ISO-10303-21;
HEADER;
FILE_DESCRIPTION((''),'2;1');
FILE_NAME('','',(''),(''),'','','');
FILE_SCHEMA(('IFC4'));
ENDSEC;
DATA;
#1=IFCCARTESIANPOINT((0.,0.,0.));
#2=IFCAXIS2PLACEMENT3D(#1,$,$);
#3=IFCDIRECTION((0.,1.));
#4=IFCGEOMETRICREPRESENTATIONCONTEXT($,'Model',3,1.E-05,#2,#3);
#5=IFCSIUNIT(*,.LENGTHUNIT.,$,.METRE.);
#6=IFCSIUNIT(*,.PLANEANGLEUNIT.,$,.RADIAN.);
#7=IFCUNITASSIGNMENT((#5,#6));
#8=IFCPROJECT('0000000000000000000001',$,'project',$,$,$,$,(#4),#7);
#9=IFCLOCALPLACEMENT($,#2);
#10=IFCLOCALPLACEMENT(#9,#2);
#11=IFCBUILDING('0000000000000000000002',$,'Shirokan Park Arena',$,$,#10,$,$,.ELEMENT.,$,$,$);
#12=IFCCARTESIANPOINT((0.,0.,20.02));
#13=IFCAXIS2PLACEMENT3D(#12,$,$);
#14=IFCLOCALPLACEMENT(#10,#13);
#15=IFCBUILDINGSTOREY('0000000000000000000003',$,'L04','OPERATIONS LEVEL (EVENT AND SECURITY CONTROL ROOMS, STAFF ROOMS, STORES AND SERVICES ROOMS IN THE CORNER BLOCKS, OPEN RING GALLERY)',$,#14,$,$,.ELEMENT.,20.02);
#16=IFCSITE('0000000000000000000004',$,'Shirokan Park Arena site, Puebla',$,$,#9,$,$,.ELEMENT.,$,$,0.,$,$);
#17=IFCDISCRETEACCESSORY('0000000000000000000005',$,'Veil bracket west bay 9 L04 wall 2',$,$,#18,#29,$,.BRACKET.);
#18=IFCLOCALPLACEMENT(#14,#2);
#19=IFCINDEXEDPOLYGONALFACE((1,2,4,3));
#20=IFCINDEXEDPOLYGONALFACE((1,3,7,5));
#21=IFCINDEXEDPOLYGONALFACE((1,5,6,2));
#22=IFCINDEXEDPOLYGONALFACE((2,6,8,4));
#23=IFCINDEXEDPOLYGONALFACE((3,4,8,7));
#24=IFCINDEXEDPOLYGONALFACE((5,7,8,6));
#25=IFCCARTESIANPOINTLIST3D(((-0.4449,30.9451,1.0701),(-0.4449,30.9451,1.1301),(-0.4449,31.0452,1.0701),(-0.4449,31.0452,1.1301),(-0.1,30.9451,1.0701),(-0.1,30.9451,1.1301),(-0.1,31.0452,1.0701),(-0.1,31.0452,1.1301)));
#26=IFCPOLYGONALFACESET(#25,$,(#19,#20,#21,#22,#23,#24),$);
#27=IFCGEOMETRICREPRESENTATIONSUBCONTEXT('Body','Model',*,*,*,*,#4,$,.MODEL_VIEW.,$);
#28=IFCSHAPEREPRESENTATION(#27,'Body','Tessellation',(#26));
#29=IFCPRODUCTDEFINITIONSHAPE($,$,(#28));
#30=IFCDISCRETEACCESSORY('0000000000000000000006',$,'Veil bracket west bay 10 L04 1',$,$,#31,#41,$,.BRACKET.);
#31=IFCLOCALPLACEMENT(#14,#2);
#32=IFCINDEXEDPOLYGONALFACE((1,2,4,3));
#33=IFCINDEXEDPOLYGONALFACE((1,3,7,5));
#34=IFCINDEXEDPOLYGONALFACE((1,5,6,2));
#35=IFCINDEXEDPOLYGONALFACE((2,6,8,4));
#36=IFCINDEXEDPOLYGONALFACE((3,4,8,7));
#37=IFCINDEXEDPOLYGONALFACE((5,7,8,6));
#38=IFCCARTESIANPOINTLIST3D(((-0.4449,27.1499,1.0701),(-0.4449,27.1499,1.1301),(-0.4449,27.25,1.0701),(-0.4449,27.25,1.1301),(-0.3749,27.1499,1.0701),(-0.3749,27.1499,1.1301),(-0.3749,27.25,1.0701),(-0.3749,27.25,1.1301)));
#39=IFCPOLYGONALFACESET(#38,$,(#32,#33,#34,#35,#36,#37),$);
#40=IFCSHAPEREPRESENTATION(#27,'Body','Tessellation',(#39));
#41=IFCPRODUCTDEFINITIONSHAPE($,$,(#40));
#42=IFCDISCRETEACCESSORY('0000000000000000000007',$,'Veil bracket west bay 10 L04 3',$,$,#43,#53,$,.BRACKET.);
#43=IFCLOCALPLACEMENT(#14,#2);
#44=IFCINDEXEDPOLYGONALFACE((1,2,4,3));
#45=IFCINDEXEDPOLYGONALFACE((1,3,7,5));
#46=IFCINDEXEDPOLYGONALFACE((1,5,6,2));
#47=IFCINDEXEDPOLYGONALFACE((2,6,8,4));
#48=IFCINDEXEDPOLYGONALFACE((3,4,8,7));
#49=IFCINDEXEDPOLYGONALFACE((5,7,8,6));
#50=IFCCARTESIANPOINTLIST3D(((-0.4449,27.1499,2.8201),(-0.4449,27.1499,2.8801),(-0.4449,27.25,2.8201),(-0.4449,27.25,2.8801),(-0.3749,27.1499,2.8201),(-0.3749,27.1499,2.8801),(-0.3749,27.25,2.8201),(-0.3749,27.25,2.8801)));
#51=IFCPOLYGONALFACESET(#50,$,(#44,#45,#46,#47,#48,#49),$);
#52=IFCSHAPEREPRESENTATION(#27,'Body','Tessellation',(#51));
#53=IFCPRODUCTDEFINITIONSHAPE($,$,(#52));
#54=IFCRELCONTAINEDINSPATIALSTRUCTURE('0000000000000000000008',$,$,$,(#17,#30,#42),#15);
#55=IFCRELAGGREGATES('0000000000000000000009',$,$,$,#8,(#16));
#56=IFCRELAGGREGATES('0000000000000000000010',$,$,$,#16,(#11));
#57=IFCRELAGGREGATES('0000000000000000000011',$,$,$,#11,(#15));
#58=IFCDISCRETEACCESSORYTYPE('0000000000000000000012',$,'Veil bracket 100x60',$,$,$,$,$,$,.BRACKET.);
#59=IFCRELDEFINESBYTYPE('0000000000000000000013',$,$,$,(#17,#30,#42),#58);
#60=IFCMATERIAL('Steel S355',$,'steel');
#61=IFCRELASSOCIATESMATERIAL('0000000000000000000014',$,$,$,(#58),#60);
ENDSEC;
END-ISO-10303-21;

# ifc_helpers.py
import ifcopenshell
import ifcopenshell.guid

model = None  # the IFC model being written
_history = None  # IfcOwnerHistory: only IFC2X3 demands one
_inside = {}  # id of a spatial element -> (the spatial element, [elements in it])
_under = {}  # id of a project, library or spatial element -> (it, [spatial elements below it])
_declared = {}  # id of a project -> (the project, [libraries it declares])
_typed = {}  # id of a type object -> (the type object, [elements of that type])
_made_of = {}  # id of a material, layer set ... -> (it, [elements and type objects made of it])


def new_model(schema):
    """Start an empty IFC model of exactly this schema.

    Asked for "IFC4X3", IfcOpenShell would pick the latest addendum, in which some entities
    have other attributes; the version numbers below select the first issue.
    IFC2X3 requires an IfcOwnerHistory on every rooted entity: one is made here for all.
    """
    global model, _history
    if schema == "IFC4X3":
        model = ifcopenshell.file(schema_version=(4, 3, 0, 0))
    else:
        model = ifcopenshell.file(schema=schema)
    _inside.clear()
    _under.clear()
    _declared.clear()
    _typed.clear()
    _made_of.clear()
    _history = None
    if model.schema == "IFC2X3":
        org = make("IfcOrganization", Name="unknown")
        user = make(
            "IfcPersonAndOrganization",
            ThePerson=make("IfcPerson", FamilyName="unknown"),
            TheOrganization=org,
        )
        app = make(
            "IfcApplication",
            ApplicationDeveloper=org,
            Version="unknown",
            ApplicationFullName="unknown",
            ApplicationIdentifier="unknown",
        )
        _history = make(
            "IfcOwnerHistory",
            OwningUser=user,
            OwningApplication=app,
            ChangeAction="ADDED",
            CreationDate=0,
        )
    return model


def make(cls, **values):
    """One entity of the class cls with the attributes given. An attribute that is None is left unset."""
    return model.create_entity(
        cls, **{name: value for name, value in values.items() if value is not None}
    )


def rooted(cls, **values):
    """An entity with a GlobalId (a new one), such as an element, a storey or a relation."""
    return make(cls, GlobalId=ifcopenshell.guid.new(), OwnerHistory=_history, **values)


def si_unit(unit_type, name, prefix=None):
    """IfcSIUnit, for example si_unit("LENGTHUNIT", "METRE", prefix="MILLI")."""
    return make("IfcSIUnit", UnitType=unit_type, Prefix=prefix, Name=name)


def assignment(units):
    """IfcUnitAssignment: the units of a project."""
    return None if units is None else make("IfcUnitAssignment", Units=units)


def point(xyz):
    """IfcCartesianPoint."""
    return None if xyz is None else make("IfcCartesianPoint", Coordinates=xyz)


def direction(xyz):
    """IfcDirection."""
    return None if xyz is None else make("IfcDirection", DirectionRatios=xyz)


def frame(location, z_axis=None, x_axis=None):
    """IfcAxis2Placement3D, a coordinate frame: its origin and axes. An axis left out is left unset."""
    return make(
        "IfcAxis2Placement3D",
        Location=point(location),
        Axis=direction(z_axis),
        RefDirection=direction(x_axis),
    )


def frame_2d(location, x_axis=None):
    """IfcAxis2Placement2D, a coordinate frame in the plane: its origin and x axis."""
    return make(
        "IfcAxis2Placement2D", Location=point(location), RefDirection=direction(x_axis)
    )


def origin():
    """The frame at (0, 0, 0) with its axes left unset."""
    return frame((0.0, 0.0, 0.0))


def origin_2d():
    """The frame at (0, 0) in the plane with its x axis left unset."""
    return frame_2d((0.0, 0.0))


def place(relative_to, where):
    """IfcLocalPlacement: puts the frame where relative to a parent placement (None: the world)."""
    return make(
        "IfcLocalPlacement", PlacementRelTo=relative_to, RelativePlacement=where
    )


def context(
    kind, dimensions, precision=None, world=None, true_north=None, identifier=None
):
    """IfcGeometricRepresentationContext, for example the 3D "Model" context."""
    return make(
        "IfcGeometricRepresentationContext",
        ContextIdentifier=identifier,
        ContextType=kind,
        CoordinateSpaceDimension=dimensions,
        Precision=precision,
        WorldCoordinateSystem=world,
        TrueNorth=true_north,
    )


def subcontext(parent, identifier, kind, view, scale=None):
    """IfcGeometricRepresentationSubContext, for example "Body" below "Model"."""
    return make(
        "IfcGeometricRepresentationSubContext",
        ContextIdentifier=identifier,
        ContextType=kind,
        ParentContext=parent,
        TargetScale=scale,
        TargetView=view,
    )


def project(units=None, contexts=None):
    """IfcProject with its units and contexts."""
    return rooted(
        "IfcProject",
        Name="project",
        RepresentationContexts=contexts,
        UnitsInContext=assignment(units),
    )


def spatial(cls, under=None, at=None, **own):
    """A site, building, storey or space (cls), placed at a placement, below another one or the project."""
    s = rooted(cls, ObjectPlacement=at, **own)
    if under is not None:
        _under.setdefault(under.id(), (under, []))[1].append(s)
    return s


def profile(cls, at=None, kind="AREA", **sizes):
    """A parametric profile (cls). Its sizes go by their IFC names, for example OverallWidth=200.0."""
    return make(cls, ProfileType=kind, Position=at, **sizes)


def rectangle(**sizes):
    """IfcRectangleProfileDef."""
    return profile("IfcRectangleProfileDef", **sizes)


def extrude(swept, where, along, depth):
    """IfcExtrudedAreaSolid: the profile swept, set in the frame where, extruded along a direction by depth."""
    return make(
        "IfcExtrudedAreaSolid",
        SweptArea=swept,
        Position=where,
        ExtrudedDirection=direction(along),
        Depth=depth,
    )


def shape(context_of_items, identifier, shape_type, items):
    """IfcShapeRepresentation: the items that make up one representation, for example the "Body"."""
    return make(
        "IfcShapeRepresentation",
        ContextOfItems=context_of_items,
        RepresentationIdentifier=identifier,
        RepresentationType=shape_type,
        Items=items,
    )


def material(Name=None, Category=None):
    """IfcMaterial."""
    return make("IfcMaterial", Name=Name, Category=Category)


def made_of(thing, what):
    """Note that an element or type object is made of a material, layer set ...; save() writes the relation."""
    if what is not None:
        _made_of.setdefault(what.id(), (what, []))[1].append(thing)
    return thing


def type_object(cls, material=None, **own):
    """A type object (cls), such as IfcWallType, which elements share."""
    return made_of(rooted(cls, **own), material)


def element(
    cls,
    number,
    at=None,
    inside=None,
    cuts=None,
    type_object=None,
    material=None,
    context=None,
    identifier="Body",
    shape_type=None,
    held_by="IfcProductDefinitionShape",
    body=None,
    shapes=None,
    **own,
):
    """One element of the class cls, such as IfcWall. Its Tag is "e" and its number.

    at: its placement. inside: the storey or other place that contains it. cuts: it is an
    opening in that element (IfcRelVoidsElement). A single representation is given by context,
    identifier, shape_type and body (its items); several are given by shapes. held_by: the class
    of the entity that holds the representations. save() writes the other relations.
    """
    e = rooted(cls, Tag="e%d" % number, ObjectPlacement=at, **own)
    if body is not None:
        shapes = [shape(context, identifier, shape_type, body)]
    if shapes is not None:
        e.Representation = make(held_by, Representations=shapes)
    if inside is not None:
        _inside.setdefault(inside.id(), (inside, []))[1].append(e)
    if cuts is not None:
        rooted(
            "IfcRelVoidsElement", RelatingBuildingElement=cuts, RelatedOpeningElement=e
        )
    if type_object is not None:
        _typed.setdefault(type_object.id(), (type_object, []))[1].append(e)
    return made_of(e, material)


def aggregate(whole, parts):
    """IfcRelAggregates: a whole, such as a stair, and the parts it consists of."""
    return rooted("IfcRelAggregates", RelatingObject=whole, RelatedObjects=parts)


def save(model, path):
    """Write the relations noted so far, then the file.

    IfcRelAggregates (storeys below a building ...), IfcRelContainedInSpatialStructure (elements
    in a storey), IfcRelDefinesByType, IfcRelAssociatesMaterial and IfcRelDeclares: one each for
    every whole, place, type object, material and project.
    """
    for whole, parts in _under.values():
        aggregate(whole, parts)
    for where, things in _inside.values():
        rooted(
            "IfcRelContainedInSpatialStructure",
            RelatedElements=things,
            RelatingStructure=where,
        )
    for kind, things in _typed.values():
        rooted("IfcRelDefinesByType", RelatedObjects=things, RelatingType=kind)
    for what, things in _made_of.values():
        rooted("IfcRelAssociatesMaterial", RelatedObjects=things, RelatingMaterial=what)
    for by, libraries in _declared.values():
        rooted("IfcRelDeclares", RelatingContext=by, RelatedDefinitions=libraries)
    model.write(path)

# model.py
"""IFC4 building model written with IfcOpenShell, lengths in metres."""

from ifc_helpers import new_model, si_unit, direction, frame, origin, origin_2d, place, context, subcontext, project, spatial, rectangle, extrude, material, type_object, element, save


model = new_model("IFC4")

# Units and contexts
model_context = context("Model", 3, precision=1e-05, world=origin(), true_north=direction((0.0, 1.0)))
body_context = subcontext(model_context, "Body", "Model", "MODEL_VIEW")
ifc_project = project(units=[si_unit("LENGTHUNIT", "METRE"), si_unit("PLANEANGLEUNIT", "RADIAN")], contexts=[model_context])

# Site, building, storey
site_placement = place(None, origin())
site = spatial("IfcSite", under=ifc_project, at=site_placement, Name="Shirokan Park Arena site, Puebla", CompositionType="ELEMENT", RefElevation=0.0)
building_placement = place(site_placement, origin())
building = spatial("IfcBuilding", under=site, at=building_placement, Name="Shirokan Park Arena", CompositionType="ELEMENT")
storey_placement = place(building_placement, frame((0.0, 0.0, 20.02)))
storey = spatial("IfcBuildingStorey", under=building, at=storey_placement, Name="L04", Description="OPERATIONS LEVEL (EVENT AND SECURITY CONTROL ROOMS, STAFF ROOMS, STORES AND SERVICES ROOMS IN THE CORNER BLOCKS, OPEN RING GALLERY)", CompositionType="ELEMENT", Elevation=20.02)

# Shared definitions
ifc_material_1 = material(Name="Steel S355", Category="steel")

# Discrete accessories
discrete_accessory_type = type_object("IfcDiscreteAccessoryType", Name="Veil bracket 100x60", PredefinedType="BRACKET", material=ifc_material_1)
discrete_accessory_placement = place(storey_placement, frame((-0.2725, 30.9951, 1.0701), z_axis=(0.0, 0.0, 1.0), x_axis=(0.0, -1.0, 0.0)))
element("IfcDiscreteAccessory", 1, at=discrete_accessory_placement, inside=storey, type_object=discrete_accessory_type, Name="Veil bracket west bay 9 L04 wall 2", PredefinedType="BRACKET", context=body_context, shape_type="SweptSolid", body=[
    extrude(rectangle(XDim=0.1001, YDim=0.345, at=origin_2d()), origin(), (0.0, 0.0, 1.0), 0.0601),
])
for number, where, z_axis, x_axis, name in (
    (2, (-0.4099, 27.2, 1.0701), (0.0, 0.0, 1.0), (0.0, -1.0, 0.0), "Veil bracket west bay 10 L04 1"),
    (3, (-0.4099, 27.2, 2.8201), (0.0, 0.0, 1.0), (0.0, -1.0, 0.0), "Veil bracket west bay 10 L04 3"),
):
    element("IfcDiscreteAccessory", number, at=place(storey_placement, frame(where, z_axis=z_axis, x_axis=x_axis)), inside=storey, type_object=discrete_accessory_type, Name=name, PredefinedType="BRACKET", context=body_context, shape_type="SweptSolid", body=[
        extrude(rectangle(XDim=0.1001, YDim=0.0701, at=origin_2d()), origin(), (0.0, 0.0, 1.0), 0.0601),
    ])

save(model, "model.ifc")
